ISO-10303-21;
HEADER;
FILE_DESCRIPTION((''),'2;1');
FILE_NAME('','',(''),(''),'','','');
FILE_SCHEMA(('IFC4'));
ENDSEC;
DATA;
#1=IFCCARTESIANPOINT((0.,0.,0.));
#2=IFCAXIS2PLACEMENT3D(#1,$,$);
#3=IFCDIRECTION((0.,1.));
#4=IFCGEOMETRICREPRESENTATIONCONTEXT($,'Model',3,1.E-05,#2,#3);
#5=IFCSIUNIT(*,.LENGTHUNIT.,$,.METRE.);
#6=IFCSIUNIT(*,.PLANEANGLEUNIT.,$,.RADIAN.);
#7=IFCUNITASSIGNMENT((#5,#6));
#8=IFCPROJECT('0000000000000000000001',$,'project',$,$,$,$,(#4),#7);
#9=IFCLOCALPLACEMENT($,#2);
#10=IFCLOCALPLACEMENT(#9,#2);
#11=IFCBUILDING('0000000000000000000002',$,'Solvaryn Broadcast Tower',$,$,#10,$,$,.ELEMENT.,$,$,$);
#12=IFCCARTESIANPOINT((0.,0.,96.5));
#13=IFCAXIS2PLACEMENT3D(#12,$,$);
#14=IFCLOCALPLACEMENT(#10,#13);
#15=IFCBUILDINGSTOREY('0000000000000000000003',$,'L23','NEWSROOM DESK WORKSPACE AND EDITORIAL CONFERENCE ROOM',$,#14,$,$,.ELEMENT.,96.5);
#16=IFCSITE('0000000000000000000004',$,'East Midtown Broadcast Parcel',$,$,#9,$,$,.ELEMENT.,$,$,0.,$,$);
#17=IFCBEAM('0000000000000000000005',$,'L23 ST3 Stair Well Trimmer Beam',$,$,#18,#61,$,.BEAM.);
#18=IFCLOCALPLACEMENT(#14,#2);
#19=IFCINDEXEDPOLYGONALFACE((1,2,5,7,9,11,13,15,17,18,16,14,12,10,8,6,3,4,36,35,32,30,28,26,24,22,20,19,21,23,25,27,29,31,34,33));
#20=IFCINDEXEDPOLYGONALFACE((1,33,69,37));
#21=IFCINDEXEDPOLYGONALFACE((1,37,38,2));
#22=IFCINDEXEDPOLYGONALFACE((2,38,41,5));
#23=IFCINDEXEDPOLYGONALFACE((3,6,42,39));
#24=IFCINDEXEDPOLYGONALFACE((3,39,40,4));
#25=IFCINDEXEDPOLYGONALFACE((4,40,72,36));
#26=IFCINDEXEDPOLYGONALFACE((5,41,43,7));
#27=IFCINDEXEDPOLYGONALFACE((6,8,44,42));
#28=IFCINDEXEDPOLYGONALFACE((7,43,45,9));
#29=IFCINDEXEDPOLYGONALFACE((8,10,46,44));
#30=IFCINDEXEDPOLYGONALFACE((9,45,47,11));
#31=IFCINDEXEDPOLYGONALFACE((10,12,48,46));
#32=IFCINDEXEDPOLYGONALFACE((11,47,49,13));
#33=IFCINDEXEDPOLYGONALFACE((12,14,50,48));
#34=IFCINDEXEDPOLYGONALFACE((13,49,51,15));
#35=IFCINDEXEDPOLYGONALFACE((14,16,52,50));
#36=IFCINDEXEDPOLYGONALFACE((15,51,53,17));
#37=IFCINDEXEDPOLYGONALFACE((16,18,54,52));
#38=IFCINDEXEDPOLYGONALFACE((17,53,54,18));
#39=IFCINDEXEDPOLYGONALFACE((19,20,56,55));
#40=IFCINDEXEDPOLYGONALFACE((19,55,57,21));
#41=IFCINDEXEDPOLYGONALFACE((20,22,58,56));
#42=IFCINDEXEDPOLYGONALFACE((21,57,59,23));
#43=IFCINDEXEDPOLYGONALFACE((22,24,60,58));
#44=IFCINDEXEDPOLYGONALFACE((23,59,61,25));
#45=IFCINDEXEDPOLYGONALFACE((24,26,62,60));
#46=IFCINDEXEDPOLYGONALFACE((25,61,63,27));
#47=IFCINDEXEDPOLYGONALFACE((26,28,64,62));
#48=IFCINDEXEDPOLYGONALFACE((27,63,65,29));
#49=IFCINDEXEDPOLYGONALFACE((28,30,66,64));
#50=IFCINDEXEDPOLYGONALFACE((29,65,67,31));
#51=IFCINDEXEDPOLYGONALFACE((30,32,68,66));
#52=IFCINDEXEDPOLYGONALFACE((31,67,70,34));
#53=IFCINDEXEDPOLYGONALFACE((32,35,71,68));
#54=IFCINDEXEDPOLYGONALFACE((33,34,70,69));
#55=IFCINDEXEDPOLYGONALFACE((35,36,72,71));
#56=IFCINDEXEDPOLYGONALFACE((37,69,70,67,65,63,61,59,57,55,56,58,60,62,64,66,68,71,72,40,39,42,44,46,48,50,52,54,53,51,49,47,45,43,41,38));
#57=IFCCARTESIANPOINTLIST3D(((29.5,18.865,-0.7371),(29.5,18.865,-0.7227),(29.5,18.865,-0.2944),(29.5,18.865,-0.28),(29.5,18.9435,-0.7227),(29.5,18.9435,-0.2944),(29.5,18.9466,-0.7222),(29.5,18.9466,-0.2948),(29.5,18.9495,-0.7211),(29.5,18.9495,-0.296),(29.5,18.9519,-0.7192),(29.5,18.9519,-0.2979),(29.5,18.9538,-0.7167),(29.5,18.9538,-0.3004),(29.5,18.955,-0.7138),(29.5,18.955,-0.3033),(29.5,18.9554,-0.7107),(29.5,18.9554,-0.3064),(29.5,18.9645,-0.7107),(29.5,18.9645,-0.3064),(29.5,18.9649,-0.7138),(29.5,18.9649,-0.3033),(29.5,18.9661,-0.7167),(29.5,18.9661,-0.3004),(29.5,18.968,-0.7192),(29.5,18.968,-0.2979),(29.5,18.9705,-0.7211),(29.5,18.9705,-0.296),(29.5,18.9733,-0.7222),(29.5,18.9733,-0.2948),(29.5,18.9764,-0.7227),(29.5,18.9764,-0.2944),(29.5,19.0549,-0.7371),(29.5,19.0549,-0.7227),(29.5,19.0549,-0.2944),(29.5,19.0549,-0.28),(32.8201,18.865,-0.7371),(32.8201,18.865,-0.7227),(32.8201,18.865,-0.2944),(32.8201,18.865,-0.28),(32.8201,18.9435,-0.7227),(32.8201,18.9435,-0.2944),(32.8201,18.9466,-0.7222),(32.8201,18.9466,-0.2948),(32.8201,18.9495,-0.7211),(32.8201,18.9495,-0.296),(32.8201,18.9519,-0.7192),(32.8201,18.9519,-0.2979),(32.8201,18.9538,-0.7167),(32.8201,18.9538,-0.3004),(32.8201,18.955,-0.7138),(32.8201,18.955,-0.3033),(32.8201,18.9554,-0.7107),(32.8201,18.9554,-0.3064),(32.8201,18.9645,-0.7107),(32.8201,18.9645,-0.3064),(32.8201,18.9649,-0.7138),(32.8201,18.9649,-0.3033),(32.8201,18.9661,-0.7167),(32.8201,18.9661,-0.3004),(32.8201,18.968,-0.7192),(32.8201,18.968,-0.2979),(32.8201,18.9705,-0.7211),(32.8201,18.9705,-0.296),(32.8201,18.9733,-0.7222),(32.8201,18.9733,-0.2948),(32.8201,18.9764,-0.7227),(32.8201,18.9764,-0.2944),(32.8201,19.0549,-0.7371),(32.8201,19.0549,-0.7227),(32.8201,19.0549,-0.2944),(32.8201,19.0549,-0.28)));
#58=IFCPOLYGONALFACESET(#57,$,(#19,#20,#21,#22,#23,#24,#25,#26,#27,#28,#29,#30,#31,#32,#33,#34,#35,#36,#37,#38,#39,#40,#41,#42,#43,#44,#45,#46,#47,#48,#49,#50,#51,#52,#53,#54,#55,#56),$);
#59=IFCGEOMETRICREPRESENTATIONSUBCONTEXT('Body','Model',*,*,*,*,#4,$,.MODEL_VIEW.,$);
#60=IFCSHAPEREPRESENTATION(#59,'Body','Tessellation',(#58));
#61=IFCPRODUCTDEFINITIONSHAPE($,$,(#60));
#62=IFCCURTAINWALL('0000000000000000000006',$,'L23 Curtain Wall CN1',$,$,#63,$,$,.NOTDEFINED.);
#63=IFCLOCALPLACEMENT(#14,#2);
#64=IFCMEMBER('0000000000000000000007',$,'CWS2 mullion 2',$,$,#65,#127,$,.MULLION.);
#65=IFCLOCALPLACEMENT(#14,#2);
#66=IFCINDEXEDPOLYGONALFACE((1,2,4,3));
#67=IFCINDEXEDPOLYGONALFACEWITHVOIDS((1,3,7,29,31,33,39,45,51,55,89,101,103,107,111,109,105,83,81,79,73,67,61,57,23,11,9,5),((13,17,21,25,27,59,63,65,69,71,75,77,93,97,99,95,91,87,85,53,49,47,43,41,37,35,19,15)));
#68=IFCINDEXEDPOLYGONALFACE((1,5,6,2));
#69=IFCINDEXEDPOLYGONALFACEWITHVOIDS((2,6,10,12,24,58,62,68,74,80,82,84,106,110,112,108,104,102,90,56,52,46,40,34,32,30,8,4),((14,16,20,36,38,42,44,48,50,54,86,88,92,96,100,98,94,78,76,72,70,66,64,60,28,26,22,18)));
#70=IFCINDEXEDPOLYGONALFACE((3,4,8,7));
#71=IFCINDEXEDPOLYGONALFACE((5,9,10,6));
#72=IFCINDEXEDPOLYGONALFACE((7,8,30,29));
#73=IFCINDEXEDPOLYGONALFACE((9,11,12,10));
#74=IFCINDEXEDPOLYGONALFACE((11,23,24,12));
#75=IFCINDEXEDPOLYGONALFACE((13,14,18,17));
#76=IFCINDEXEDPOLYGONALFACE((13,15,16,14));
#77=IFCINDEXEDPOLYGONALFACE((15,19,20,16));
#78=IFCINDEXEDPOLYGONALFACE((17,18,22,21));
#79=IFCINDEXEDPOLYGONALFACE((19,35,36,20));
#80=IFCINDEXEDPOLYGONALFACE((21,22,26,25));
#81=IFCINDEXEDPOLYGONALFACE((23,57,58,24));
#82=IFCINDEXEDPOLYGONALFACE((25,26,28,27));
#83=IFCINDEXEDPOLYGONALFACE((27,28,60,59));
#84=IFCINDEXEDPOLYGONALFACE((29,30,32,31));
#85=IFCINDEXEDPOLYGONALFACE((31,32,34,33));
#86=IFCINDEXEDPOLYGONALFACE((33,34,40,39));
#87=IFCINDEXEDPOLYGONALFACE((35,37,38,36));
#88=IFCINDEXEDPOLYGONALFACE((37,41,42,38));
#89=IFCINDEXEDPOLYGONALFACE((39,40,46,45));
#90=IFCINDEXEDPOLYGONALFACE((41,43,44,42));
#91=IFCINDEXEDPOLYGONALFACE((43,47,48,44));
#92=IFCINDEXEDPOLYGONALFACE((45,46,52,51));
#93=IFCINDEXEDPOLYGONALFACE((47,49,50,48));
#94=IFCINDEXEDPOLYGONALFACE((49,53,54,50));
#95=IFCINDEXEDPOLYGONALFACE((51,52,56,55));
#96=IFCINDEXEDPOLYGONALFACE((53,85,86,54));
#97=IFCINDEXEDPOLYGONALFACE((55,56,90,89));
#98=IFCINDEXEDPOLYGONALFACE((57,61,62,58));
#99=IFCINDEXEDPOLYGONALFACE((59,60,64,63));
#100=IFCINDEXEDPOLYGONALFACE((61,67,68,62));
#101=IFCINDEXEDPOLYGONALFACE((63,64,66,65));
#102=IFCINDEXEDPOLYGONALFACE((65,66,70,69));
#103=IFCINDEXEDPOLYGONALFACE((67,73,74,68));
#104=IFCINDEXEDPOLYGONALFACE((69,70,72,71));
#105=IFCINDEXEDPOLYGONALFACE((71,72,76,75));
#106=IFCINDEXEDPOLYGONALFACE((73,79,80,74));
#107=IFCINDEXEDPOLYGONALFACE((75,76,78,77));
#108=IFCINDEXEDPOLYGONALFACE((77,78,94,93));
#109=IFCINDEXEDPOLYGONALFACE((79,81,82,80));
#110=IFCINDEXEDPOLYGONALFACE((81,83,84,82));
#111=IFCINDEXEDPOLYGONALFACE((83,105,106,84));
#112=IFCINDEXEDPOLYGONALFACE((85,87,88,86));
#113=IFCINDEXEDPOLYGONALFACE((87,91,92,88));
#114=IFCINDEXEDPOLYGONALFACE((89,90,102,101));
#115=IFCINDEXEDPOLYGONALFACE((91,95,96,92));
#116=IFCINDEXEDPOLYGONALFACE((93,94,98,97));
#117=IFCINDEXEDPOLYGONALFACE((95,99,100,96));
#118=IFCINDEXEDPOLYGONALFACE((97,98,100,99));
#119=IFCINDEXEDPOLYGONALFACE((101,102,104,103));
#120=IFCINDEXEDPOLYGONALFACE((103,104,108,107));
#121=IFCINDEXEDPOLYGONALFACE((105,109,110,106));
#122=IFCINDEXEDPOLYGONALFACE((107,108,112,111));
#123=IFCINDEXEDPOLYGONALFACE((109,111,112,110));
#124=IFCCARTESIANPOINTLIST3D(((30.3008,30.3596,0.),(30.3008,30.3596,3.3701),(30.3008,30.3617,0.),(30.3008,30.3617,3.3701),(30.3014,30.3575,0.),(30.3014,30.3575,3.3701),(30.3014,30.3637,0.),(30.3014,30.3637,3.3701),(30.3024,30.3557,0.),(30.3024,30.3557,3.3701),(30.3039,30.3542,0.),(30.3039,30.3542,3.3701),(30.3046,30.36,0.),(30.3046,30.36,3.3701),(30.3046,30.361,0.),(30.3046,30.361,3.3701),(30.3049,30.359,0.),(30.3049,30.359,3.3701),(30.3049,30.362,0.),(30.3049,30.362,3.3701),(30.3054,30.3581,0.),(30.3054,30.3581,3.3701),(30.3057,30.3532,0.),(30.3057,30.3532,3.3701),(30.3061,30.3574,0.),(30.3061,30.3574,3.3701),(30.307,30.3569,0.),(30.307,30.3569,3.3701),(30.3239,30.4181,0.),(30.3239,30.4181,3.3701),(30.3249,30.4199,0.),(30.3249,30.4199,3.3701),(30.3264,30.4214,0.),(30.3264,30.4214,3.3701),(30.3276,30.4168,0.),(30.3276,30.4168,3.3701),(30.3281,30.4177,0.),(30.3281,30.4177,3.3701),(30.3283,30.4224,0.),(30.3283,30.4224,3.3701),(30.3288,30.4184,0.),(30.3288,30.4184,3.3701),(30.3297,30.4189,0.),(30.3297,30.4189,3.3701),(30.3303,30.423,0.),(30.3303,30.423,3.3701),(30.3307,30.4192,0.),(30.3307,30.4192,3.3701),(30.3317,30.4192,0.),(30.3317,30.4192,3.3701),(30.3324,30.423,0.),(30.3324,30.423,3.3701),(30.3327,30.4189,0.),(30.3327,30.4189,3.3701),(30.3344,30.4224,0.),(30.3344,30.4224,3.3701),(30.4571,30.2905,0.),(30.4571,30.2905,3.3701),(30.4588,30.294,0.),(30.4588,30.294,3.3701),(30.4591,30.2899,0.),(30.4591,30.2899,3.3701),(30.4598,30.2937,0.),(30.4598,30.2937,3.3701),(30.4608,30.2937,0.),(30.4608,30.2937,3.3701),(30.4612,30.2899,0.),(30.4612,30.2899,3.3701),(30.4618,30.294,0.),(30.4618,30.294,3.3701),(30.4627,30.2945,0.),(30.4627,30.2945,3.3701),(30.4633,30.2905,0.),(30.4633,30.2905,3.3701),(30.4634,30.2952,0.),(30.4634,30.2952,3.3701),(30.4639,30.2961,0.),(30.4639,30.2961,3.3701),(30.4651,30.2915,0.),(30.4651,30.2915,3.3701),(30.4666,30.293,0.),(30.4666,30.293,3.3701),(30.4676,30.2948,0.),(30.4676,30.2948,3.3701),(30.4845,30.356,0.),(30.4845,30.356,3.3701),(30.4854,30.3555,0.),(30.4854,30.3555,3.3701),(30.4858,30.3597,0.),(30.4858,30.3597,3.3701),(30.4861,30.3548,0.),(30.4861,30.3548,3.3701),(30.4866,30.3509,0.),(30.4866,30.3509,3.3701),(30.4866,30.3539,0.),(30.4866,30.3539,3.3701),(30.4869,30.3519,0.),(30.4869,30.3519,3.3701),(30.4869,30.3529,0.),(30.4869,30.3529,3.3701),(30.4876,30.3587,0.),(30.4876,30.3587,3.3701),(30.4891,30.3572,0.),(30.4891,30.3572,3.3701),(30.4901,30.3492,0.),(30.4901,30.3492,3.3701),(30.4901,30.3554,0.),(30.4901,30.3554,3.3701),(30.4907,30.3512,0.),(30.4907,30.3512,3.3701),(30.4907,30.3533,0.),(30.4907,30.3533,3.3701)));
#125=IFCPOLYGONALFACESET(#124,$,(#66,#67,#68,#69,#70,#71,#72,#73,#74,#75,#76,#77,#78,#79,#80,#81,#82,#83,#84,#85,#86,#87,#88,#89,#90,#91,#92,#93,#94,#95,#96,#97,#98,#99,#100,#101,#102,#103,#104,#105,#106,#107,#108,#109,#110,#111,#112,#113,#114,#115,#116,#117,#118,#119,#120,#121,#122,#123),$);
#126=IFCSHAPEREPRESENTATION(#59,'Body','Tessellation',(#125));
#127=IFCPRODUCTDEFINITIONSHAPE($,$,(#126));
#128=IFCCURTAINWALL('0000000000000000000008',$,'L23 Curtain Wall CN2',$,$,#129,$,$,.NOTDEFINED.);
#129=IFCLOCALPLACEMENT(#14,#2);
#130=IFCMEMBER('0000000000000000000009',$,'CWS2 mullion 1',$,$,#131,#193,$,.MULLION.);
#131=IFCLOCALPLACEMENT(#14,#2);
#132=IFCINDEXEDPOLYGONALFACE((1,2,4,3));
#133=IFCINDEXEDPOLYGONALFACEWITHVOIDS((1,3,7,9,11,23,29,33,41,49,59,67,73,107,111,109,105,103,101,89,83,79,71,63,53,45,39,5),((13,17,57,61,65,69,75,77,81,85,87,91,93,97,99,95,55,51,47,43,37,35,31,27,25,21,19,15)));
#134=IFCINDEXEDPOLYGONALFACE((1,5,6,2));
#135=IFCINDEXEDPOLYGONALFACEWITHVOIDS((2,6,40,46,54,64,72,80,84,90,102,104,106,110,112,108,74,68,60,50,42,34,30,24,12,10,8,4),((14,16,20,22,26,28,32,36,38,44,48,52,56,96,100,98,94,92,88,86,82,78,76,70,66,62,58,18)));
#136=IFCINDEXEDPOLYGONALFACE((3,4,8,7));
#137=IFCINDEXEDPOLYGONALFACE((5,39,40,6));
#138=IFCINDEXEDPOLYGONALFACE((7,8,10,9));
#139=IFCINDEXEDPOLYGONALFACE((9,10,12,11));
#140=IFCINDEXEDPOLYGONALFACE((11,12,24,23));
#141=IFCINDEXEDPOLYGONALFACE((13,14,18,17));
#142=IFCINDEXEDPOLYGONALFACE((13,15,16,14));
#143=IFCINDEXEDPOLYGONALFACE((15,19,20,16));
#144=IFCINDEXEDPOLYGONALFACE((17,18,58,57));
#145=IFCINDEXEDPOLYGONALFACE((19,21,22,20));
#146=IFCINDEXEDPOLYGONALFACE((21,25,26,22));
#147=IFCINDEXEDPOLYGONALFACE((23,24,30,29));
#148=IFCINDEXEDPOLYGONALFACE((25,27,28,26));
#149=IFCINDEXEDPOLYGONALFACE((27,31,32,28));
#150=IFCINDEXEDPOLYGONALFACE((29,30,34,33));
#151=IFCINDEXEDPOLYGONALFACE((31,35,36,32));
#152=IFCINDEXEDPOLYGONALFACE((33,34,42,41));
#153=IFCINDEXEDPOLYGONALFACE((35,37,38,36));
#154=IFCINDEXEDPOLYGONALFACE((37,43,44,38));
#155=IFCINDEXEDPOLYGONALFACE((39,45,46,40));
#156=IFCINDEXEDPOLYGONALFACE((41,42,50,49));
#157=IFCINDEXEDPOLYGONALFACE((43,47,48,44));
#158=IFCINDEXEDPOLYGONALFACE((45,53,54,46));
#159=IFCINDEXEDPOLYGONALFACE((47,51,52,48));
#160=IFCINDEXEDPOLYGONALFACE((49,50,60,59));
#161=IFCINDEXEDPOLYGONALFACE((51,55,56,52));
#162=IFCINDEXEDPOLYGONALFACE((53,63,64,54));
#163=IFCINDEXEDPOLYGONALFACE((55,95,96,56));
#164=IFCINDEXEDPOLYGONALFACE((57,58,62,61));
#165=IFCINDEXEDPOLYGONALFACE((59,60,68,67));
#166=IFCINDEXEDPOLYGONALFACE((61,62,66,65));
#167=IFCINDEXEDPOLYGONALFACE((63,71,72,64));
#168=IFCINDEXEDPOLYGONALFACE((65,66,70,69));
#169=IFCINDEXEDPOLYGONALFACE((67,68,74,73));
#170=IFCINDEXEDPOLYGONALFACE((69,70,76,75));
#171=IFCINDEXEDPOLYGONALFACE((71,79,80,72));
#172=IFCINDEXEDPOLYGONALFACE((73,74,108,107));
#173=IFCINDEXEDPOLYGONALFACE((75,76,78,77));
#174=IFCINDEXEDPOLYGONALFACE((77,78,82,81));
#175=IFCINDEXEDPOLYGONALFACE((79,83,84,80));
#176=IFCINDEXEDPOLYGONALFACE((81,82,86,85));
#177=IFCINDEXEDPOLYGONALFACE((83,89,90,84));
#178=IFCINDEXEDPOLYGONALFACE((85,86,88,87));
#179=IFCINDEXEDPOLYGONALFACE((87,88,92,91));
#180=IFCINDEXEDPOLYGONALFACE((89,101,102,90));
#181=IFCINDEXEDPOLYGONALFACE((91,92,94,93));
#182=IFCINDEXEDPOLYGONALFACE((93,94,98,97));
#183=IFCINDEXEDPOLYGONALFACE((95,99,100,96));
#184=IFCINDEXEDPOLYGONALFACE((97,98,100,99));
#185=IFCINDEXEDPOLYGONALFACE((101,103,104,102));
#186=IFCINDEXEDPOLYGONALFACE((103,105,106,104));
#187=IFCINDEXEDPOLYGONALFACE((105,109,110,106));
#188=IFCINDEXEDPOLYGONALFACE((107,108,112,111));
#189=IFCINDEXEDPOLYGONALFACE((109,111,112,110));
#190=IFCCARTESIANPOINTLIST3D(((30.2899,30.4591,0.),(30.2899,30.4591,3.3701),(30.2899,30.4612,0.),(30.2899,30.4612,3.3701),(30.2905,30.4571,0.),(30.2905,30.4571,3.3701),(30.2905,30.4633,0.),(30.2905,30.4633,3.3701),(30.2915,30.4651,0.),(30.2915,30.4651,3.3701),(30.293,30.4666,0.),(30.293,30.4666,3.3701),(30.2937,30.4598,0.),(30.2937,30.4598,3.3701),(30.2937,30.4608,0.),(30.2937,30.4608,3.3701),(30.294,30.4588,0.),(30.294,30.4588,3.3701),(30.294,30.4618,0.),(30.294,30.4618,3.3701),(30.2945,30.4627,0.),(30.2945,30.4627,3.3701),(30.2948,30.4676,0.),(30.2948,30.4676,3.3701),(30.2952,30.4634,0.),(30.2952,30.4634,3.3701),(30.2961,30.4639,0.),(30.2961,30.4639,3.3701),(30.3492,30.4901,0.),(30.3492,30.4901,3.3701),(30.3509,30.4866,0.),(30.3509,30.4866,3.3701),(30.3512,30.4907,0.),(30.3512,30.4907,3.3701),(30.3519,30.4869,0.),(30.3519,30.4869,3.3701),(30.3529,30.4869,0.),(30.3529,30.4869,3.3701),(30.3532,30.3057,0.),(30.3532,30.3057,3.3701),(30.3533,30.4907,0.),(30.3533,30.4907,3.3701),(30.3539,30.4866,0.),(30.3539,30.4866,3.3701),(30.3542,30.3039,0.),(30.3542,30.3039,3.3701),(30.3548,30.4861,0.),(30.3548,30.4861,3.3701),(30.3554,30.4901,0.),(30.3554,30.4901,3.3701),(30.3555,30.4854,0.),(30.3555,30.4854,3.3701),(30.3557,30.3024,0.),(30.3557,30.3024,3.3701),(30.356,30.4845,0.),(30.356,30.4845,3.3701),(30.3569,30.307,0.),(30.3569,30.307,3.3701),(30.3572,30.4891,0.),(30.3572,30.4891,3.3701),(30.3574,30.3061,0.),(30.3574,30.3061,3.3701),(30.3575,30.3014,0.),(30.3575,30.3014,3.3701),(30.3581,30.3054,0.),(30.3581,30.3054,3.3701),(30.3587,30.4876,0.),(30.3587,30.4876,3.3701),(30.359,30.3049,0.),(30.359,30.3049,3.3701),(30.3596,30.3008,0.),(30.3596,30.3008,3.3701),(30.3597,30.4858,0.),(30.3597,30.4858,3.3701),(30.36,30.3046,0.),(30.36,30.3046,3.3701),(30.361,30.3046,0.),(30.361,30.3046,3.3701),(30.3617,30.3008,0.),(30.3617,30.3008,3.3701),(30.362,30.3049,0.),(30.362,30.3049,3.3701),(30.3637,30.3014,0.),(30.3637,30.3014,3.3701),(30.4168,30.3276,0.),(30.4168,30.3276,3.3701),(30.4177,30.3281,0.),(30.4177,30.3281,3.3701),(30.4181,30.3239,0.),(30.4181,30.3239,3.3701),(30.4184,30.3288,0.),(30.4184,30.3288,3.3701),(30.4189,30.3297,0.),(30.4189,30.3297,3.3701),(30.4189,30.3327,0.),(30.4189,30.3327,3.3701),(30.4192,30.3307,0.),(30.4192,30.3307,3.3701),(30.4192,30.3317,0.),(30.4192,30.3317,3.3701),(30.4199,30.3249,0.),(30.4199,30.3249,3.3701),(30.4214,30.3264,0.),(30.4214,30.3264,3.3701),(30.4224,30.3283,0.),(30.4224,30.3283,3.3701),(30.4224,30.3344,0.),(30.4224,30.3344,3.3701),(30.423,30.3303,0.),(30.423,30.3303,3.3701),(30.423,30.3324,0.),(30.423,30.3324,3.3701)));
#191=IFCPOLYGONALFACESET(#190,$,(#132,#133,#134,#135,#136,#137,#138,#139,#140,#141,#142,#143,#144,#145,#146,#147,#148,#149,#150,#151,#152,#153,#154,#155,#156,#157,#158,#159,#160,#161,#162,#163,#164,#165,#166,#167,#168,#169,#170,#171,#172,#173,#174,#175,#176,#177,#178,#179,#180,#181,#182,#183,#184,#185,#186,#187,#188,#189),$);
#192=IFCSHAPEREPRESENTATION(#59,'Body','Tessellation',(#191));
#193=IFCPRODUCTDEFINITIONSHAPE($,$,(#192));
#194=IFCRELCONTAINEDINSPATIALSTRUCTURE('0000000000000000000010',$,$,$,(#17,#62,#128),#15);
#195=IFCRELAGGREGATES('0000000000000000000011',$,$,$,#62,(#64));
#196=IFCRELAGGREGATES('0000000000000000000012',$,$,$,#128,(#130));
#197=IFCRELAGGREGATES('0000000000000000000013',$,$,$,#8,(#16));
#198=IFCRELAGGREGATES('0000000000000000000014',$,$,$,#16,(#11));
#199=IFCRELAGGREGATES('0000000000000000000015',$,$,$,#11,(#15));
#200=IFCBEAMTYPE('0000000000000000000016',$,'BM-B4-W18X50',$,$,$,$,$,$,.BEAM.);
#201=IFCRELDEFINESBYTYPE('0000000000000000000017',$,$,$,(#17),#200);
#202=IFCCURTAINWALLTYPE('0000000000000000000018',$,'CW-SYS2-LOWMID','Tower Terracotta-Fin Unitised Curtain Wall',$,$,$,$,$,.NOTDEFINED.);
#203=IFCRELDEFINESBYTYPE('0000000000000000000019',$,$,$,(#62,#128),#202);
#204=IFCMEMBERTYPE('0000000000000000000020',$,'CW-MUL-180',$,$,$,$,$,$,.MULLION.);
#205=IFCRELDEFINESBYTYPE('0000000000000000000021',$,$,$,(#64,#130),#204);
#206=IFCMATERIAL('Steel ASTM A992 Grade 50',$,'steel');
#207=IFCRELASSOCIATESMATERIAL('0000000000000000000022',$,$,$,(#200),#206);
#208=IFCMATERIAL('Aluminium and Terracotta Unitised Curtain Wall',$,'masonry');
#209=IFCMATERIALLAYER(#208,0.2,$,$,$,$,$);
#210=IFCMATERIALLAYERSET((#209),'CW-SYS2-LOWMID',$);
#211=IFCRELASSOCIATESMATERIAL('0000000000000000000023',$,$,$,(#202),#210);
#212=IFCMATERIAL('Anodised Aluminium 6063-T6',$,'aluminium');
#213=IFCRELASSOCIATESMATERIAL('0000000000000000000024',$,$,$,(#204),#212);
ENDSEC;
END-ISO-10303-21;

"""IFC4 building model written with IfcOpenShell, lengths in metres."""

from ifc_helpers import new_model, si_unit, direction, frame, origin, origin_2d, place, context, subcontext, project, spatial, hollow_rectangle, i_section, extrude, material, layer, layer_set, material_profile, profile_set, type_object, element, aggregate, save


model = new_model("IFC4")

# Units and contexts
model_context = context("Model", 3, precision=1e-05, world=origin(), true_north=direction((0.0, 1.0)))
body_context = subcontext(model_context, "Body", "Model", "MODEL_VIEW")
ifc_project = project(units=[si_unit("LENGTHUNIT", "METRE"), si_unit("PLANEANGLEUNIT", "RADIAN")], contexts=[model_context])

# Site, building, storey
site_placement = place(None, origin())
site = spatial("IfcSite", under=ifc_project, at=site_placement, Name="East Midtown Broadcast Parcel", CompositionType="ELEMENT", RefElevation=0.0)
building_placement = place(site_placement, origin())
building = spatial("IfcBuilding", under=site, at=building_placement, Name="Solvaryn Broadcast Tower", CompositionType="ELEMENT")
storey_placement = place(building_placement, frame((0.0, 0.0, 96.5)))
storey = spatial("IfcBuildingStorey", under=building, at=storey_placement, Name="L23", Description="NEWSROOM DESK WORKSPACE AND EDITORIAL CONFERENCE ROOM", CompositionType="ELEMENT", Elevation=96.5)

# Beam
ifc_material_1 = material(Name="Steel ASTM A992 Grade 50", Category="steel")
ifc_material_profile_1 = material_profile(ifc_material_1, i_section(OverallWidth=0.1899, OverallDepth=0.457, WebThickness=0.009, FlangeThickness=0.0144, FilletRadius=0.012, at=origin_2d()))
ifc_profile_set_1 = profile_set([ifc_material_profile_1], Name="Steel ASTM A992 Grade 50")
beam_type_1 = type_object("IfcBeamType", Name="BM-B4-W18X50", PredefinedType="BEAM", material=ifc_profile_set_1)
beam_1_placement = place(storey_placement, frame((29.5, 18.96, -0.5085), z_axis=(1.0, 0.0, 0.0), x_axis=(0.0, 1.0, 0.0)))
element("IfcBeam", 1, at=beam_1_placement, inside=storey, type_object=beam_type_1, Name="L23 ST3 Stair Well Trimmer Beam", PredefinedType="BEAM", context=body_context, shape_type="SweptSolid", body=[
    extrude(i_section(OverallWidth=0.1899, OverallDepth=0.457, WebThickness=0.009, FlangeThickness=0.0144, FilletRadius=0.012, at=origin_2d()), origin(), (0.0, 0.0, 1.0), 3.3201),
])

# Curtain wall, member
ifc_material_2 = material(Name="Aluminium and Terracotta Unitised Curtain Wall", Category="masonry")
ifc_layer_1 = layer(ifc_material_2, 0.2)
ifc_layer_set_1 = layer_set([ifc_layer_1], Name="CW-SYS2-LOWMID")
curtain_wall_type = type_object("IfcCurtainWallType", Name="CW-SYS2-LOWMID", Description="Tower Terracotta-Fin Unitised Curtain Wall", PredefinedType="NOTDEFINED", material=ifc_layer_set_1)
curtain_wall_1_placement = place(storey_placement, origin())
curtain_wall_1 = element("IfcCurtainWall", 2, at=curtain_wall_1_placement, inside=storey, type_object=curtain_wall_type, Name="L23 Curtain Wall CN1", PredefinedType="NOTDEFINED")
ifc_material_3 = material(Name="Anodised Aluminium 6063-T6", Category="aluminium")
ifc_material_profile_2 = material_profile(ifc_material_3, hollow_rectangle(XDim=0.075, YDim=0.1799, WallThickness=0.0039, InnerFilletRadius=0.0039, OuterFilletRadius=0.0081, at=origin_2d()))
ifc_profile_set_2 = profile_set([ifc_material_profile_2], Name="Anodised Aluminium 6063-T6")
member_type_1 = type_object("IfcMemberType", Name="CW-MUL-180", PredefinedType="MULLION", material=ifc_profile_set_2)
member_1_placement = place(storey_placement, frame((30.3958, 30.3564, 0.0), z_axis=(0.0, 0.0, 1.0), x_axis=(-0.382646, -0.923895, 0.0)))
member_1 = element("IfcMember", 3, at=member_1_placement, type_object=member_type_1, Name="CWS2 mullion 2", PredefinedType="MULLION", context=body_context, shape_type="SweptSolid", body=[
    extrude(hollow_rectangle(XDim=0.075, YDim=0.1799, WallThickness=0.0039, InnerFilletRadius=0.0039, OuterFilletRadius=0.0081, at=origin_2d()), origin(), (0.0, 0.0, 1.0), 3.3701),
])

# Curtain wall, member
curtain_wall_2_placement = place(storey_placement, origin())
curtain_wall_2 = element("IfcCurtainWall", 4, at=curtain_wall_2_placement, inside=storey, type_object=curtain_wall_type, Name="L23 Curtain Wall CN2", PredefinedType="NOTDEFINED")
member_2_placement = place(storey_placement, frame((30.3564, 30.3958, 0.0), z_axis=(0.0, 0.0, 1.0), x_axis=(-0.923895, -0.382646, 0.0)))
member_2 = element("IfcMember", 5, at=member_2_placement, type_object=member_type_1, Name="CWS2 mullion 1", PredefinedType="MULLION", context=body_context, shape_type="SweptSolid", body=[
    extrude(hollow_rectangle(XDim=0.075, YDim=0.1799, WallThickness=0.0039, InnerFilletRadius=0.0039, OuterFilletRadius=0.0081, at=origin_2d()), origin(), (0.0, 0.0, 1.0), 3.3701),
])

aggregate(curtain_wall_1, [member_1])
aggregate(curtain_wall_2, [member_2])

save(model, "model.ifc")
